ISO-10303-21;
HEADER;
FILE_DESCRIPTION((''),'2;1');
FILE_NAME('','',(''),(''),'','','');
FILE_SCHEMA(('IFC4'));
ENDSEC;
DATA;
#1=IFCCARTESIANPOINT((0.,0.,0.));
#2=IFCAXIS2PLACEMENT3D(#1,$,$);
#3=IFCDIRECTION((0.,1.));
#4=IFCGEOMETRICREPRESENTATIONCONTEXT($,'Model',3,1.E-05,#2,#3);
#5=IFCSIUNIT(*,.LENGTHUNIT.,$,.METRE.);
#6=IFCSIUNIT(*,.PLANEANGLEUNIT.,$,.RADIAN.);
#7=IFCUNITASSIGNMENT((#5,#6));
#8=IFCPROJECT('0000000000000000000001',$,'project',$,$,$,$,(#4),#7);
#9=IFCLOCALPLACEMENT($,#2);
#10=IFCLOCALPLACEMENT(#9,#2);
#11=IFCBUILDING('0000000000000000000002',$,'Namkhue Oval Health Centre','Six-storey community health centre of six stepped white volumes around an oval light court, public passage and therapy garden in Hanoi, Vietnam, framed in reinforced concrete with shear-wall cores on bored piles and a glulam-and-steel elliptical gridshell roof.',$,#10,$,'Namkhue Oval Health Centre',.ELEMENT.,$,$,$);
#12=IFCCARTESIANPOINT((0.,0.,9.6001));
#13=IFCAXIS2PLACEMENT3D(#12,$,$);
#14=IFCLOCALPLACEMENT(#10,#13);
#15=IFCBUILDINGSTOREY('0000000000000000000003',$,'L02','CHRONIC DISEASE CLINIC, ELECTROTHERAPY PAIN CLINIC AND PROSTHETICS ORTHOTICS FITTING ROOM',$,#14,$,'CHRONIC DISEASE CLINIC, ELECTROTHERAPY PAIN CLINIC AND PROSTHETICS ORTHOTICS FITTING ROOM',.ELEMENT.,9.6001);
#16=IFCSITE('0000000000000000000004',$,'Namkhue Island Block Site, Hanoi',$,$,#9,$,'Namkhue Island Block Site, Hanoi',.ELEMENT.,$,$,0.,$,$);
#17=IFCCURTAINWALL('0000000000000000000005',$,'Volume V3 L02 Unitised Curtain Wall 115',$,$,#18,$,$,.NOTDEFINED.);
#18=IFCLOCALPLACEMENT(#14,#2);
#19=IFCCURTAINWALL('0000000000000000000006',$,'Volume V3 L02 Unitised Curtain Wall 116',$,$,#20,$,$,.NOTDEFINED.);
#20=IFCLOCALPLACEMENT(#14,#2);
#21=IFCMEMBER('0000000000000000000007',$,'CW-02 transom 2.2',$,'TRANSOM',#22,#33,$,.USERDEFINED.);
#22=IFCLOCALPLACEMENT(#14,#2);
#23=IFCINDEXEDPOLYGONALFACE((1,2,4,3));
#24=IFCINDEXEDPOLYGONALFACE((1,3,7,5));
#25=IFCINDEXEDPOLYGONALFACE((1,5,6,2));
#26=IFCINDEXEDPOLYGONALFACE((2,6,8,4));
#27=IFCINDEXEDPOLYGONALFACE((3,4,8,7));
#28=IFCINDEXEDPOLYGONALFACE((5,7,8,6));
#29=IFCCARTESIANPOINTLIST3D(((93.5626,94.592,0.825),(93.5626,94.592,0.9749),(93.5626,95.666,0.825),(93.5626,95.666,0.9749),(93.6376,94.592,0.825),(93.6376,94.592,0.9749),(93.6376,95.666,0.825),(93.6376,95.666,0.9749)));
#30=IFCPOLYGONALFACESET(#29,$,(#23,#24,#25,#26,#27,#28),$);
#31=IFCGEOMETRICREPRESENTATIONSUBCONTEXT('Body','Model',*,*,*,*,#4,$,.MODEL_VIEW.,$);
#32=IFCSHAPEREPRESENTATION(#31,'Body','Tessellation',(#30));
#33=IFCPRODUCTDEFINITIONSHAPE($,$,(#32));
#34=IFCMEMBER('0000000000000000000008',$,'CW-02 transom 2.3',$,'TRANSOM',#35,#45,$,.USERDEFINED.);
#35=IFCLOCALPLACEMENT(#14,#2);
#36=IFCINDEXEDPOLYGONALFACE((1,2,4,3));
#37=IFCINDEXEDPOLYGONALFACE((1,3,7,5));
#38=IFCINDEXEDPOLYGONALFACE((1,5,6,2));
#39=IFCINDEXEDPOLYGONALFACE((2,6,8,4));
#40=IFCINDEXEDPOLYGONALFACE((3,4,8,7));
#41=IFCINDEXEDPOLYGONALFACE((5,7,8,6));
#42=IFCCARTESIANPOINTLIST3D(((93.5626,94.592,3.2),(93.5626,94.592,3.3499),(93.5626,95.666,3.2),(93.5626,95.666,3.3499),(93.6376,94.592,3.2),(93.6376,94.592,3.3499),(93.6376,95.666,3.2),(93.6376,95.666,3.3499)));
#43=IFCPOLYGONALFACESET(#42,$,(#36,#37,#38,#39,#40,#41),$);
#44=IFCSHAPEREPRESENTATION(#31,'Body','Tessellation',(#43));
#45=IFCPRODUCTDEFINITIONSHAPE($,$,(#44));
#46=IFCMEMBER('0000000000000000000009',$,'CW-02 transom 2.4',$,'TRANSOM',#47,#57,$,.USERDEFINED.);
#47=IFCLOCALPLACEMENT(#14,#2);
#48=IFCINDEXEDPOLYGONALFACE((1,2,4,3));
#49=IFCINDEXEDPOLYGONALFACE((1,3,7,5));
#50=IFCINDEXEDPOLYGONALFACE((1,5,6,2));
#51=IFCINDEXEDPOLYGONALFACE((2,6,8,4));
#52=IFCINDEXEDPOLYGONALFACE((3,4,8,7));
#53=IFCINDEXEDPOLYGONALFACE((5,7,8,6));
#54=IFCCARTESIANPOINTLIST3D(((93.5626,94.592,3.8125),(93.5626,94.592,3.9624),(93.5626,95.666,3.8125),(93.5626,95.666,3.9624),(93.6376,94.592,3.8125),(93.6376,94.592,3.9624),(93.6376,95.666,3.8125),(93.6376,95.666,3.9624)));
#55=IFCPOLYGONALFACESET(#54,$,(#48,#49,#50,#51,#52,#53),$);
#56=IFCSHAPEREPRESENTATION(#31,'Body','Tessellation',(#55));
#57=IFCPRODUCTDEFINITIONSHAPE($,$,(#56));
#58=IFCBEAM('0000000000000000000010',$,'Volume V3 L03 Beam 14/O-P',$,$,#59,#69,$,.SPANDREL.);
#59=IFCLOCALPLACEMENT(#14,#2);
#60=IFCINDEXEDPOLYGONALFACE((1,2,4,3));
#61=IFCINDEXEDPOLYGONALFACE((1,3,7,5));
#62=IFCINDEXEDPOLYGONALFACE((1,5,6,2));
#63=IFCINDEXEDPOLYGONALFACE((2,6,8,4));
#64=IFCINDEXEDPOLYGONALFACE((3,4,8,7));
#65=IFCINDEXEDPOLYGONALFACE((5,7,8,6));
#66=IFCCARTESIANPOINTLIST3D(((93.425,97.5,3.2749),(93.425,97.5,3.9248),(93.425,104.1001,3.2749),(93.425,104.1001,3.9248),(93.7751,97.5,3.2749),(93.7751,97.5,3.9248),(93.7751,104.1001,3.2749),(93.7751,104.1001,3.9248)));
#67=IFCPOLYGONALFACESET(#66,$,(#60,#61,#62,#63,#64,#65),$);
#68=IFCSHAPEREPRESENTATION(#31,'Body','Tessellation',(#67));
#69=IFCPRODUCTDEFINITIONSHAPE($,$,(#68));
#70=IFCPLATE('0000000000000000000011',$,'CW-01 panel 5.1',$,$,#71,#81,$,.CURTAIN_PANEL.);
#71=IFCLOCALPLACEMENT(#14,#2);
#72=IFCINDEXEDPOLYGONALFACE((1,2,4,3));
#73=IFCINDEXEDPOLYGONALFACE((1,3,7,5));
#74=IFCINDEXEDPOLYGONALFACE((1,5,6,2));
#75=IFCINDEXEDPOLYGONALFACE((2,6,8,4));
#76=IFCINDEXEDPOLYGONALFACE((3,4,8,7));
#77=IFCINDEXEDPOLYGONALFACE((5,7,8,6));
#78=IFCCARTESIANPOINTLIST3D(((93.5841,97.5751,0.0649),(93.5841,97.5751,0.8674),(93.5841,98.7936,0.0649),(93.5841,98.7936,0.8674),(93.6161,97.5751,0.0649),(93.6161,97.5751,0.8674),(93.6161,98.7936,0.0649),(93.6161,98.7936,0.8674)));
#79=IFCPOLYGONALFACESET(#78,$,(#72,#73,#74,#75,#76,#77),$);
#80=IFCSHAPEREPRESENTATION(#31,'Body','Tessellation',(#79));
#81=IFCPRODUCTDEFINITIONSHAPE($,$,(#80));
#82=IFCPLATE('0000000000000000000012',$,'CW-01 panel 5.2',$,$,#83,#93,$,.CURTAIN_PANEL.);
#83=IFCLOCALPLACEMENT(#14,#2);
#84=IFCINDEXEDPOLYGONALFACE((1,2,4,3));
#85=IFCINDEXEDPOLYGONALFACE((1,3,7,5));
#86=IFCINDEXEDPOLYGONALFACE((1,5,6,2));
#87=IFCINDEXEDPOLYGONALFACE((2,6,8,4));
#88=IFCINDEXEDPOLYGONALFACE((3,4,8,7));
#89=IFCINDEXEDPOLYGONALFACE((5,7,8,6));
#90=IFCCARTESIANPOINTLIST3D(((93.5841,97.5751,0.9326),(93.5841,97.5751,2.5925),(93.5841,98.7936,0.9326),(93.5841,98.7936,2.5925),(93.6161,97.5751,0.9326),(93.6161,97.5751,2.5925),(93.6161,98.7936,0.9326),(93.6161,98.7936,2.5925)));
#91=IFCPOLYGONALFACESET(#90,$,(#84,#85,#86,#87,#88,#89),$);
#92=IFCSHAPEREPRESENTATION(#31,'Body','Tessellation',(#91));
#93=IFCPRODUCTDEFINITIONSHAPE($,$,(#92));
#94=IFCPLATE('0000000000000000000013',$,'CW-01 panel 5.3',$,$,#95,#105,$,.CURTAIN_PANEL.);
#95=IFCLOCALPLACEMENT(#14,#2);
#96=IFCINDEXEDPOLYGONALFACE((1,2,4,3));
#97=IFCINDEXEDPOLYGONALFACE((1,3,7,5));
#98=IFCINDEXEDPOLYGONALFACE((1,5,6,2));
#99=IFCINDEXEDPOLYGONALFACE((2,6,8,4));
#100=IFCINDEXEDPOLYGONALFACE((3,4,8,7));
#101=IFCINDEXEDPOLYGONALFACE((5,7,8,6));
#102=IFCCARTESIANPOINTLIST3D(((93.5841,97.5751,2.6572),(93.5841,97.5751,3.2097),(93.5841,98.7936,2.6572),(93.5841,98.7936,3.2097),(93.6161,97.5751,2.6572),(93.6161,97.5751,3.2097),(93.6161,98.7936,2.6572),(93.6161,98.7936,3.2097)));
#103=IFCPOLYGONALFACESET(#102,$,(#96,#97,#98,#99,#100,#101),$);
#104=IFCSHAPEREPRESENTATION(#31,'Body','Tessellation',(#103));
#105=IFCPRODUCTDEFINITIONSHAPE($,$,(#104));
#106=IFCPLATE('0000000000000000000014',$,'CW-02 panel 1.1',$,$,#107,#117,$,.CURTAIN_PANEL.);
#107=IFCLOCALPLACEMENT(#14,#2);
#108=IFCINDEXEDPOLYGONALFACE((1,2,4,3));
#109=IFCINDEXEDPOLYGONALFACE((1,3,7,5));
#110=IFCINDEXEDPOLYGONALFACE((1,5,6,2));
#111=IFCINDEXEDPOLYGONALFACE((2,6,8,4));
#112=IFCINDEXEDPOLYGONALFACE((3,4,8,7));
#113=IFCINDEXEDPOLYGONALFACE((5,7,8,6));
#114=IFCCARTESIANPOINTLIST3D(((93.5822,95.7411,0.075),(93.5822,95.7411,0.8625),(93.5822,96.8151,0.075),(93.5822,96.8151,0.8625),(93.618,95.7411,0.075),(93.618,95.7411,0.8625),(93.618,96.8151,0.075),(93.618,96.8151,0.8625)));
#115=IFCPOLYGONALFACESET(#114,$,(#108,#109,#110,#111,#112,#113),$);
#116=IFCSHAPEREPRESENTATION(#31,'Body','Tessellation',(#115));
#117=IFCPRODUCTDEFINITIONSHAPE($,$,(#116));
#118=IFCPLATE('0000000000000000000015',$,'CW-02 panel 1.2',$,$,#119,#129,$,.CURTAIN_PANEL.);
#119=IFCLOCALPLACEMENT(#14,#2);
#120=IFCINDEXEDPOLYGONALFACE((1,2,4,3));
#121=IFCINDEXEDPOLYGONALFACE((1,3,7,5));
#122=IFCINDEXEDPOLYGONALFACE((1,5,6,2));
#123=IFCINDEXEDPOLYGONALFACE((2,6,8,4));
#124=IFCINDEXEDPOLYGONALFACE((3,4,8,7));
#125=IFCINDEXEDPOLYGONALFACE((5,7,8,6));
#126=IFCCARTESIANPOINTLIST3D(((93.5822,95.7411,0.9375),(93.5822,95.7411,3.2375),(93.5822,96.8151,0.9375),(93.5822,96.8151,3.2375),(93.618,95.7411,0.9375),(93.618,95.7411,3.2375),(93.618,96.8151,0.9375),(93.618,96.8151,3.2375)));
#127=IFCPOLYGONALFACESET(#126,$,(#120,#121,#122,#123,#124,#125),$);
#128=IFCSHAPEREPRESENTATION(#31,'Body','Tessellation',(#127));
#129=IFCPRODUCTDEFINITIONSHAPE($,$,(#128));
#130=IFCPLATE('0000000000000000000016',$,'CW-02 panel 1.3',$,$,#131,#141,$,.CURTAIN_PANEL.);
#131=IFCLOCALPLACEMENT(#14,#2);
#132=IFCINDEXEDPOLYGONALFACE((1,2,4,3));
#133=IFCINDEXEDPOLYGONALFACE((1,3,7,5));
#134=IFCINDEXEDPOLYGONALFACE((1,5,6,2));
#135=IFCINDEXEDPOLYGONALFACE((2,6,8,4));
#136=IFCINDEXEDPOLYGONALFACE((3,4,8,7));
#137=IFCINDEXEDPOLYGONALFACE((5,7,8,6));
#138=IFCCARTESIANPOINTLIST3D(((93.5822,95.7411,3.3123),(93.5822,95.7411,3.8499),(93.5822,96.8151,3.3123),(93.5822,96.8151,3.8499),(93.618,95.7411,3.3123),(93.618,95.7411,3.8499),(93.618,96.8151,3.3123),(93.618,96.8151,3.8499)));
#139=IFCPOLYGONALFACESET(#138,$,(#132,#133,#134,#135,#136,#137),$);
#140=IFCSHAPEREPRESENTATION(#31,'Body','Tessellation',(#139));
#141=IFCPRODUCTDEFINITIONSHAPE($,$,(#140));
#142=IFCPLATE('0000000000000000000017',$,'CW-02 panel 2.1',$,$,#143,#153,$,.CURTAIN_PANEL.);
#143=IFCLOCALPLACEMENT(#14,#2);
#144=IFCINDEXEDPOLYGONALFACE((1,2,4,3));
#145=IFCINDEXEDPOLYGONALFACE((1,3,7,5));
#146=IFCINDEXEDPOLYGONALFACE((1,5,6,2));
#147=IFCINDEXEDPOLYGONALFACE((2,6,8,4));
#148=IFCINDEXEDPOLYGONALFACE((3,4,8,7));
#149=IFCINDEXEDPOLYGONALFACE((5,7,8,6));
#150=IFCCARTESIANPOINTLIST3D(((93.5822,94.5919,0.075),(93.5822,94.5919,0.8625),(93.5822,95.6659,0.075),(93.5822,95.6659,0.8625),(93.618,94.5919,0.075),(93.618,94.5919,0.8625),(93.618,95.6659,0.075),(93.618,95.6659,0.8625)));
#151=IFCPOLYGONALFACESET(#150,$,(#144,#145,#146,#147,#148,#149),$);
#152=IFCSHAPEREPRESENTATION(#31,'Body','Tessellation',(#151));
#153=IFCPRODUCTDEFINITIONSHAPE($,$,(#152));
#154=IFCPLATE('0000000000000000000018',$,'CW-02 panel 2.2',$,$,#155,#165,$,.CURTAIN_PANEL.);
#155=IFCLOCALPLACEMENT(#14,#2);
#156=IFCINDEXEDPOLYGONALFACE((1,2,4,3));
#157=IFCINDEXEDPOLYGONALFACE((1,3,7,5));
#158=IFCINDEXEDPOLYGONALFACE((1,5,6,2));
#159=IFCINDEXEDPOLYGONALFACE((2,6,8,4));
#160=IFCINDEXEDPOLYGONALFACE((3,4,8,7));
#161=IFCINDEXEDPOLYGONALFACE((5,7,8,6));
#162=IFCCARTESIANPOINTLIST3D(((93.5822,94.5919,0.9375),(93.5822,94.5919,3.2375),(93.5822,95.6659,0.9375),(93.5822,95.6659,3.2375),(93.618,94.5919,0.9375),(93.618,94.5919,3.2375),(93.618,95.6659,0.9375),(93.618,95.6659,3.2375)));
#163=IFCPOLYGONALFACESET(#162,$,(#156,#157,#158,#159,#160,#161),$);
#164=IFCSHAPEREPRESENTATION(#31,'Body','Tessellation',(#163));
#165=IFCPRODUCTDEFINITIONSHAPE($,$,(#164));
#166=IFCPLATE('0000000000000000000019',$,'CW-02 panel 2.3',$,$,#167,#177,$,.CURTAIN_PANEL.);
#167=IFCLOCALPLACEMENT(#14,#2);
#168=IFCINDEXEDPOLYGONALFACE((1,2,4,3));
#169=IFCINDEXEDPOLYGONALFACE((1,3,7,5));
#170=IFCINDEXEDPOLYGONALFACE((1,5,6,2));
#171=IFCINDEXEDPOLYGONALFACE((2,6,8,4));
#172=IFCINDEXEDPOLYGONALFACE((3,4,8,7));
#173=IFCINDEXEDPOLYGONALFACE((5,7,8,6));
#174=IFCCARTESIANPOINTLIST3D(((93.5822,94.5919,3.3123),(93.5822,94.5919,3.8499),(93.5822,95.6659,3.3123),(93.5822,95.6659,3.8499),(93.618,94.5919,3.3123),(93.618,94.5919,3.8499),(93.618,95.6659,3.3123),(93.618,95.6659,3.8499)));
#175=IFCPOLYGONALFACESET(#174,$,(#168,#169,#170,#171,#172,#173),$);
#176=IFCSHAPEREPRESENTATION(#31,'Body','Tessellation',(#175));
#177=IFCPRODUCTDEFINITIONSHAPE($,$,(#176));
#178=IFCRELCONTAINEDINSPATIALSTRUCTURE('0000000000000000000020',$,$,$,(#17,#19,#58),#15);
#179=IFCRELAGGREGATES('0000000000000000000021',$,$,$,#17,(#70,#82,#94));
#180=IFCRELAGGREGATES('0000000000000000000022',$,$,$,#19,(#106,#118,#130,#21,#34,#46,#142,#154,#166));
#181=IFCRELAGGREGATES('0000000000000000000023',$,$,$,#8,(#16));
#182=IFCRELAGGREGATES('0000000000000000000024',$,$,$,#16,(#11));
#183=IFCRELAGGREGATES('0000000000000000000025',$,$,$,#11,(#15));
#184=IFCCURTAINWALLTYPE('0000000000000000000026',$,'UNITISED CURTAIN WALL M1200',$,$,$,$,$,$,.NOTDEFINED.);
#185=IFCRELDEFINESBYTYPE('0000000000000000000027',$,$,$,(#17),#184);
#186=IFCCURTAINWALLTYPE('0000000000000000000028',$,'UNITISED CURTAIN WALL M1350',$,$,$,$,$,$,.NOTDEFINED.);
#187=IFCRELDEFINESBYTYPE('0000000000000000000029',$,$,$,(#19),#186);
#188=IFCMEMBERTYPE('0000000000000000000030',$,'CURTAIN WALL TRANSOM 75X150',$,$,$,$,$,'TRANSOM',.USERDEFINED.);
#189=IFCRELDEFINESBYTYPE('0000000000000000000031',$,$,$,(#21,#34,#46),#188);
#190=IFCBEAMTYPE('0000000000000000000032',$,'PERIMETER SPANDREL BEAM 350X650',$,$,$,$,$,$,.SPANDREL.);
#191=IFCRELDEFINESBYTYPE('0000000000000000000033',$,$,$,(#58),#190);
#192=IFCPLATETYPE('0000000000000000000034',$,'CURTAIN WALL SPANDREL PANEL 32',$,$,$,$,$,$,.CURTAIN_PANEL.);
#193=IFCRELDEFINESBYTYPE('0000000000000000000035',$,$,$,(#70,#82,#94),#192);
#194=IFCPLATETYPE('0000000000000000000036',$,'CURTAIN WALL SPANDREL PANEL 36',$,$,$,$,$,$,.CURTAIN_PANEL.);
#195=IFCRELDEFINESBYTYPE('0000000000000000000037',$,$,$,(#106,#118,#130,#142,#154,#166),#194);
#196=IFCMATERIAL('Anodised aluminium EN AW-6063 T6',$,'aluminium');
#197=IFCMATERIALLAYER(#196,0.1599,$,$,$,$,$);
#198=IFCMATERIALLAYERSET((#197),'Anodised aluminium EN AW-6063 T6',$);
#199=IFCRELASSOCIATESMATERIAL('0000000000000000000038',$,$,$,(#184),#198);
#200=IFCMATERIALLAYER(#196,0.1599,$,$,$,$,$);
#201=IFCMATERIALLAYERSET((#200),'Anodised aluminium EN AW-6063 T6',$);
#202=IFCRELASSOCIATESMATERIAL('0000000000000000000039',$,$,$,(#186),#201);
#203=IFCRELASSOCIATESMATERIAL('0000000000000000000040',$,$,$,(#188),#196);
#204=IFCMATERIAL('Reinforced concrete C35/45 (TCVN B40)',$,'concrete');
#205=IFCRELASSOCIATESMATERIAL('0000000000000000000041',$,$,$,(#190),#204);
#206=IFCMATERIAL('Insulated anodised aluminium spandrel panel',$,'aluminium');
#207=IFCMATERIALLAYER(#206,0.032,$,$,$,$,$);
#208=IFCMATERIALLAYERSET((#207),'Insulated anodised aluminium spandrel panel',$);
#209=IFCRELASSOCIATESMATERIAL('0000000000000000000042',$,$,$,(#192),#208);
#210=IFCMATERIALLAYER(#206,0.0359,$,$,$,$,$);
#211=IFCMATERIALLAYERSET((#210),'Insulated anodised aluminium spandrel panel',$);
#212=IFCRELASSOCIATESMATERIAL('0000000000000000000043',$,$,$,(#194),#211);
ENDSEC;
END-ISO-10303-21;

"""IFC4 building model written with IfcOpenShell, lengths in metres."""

from ifc_helpers import new_model, si_unit, direction, frame, origin, origin_2d, place, context, subcontext, project, spatial, rectangle, extrude, material, layer, layer_set, material_profile, profile_set, type_object, element, aggregate, save


model = new_model("IFC4")

# Units and contexts
model_context = context("Model", 3, precision=1e-05, world=origin(), true_north=direction((0.0, 1.0)))
body_context = subcontext(model_context, "Body", "Model", "MODEL_VIEW")
ifc_project = project(units=[si_unit("LENGTHUNIT", "METRE"), si_unit("PLANEANGLEUNIT", "RADIAN")], contexts=[model_context])

# Site, building, storey
site_placement = place(None, origin())
site = spatial("IfcSite", under=ifc_project, at=site_placement, Name="Namkhue Island Block Site, Hanoi", LongName="Namkhue Island Block Site, Hanoi", CompositionType="ELEMENT", RefElevation=0.0)
building_placement = place(site_placement, origin())
building = spatial("IfcBuilding", under=site, at=building_placement, Name="Namkhue Oval Health Centre", Description="Six-storey community health centre of six stepped white volumes around an oval light court, public passage and therapy garden in Hanoi, Vietnam, framed in reinforced concrete with shear-wall cores on bored piles and a glulam-and-steel elliptical gridshell roof.", LongName="Namkhue Oval Health Centre", CompositionType="ELEMENT")
storey_placement = place(building_placement, frame((0.0, 0.0, 9.6001)))
storey = spatial("IfcBuildingStorey", under=building, at=storey_placement, Name="L02", Description="CHRONIC DISEASE CLINIC, ELECTROTHERAPY PAIN CLINIC AND PROSTHETICS ORTHOTICS FITTING ROOM", LongName="CHRONIC DISEASE CLINIC, ELECTROTHERAPY PAIN CLINIC AND PROSTHETICS ORTHOTICS FITTING ROOM", CompositionType="ELEMENT", Elevation=9.6001)

# Shared definitions
ifc_material_1 = material(Name="Reinforced concrete C35/45 (TCVN B40)", Category="concrete")

# Curtain wall
ifc_material_2 = material(Name="Anodised aluminium EN AW-6063 T6", Category="aluminium")
ifc_layer_1 = layer(ifc_material_2, 0.1599)
ifc_layer_set_1 = layer_set([ifc_layer_1], Name="Anodised aluminium EN AW-6063 T6")
curtain_wall_type_1 = type_object("IfcCurtainWallType", Name="UNITISED CURTAIN WALL M1200", PredefinedType="NOTDEFINED", material=ifc_layer_set_1)
curtain_wall_1_placement = place(storey_placement, origin())
curtain_wall_1 = element("IfcCurtainWall", 1, at=curtain_wall_1_placement, inside=storey, type_object=curtain_wall_type_1, Name="Volume V3 L02 Unitised Curtain Wall 115", PredefinedType="NOTDEFINED")

# Curtain wall
ifc_layer_2 = layer(ifc_material_2, 0.1599)
ifc_layer_set_2 = layer_set([ifc_layer_2], Name="Anodised aluminium EN AW-6063 T6")
curtain_wall_type_2 = type_object("IfcCurtainWallType", Name="UNITISED CURTAIN WALL M1350", PredefinedType="NOTDEFINED", material=ifc_layer_set_2)
curtain_wall_2_placement = place(storey_placement, origin())
curtain_wall_2 = element("IfcCurtainWall", 2, at=curtain_wall_2_placement, inside=storey, type_object=curtain_wall_type_2, Name="Volume V3 L02 Unitised Curtain Wall 116", PredefinedType="NOTDEFINED")

# Members
ifc_material_profile_1 = material_profile(ifc_material_2, rectangle(XDim=0.075, YDim=0.1499, at=origin_2d()), Name="ALU 75x150")
ifc_profile_set_1 = profile_set([ifc_material_profile_1], Name="Anodised aluminium EN AW-6063 T6")
member_type_1 = type_object("IfcMemberType", Name="CURTAIN WALL TRANSOM 75X150", ElementType="TRANSOM", PredefinedType="USERDEFINED", material=ifc_profile_set_1)
member_1_placement = place(storey_placement, frame((93.6001, 95.666, 0.8999), z_axis=(0.0, -1.0, 0.0), x_axis=(1.0, 0.0, 0.0)))
member_1 = element("IfcMember", 3, at=member_1_placement, type_object=member_type_1, Name="CW-02 transom 2.2", ObjectType="TRANSOM", PredefinedType="USERDEFINED", context=body_context, shape_type="SweptSolid", body=[
    extrude(rectangle(XDim=0.075, YDim=0.1499, at=origin_2d()), origin(), (0.0, 0.0, 1.0), 1.074),
])
member_2_placement = place(storey_placement, frame((93.6001, 95.666, 3.2749), z_axis=(0.0, -1.0, 0.0), x_axis=(1.0, 0.0, 0.0)))
member_2 = element("IfcMember", 4, at=member_2_placement, type_object=member_type_1, Name="CW-02 transom 2.3", ObjectType="TRANSOM", PredefinedType="USERDEFINED", context=body_context, shape_type="SweptSolid", body=[
    extrude(rectangle(XDim=0.075, YDim=0.1499, at=origin_2d()), origin(), (0.0, 0.0, 1.0), 1.074),
])
member_3_placement = place(storey_placement, frame((93.6001, 95.666, 3.8875), z_axis=(0.0, -1.0, 0.0), x_axis=(1.0, 0.0, 0.0)))
member_3 = element("IfcMember", 5, at=member_3_placement, type_object=member_type_1, Name="CW-02 transom 2.4", ObjectType="TRANSOM", PredefinedType="USERDEFINED", context=body_context, shape_type="SweptSolid", body=[
    extrude(rectangle(XDim=0.075, YDim=0.1499, at=origin_2d()), origin(), (0.0, 0.0, 1.0), 1.074),
])

# Beam
ifc_material_profile_2 = material_profile(ifc_material_1, rectangle(XDim=0.3501, YDim=0.6499, at=origin_2d()), Name="RC 350x650")
ifc_profile_set_2 = profile_set([ifc_material_profile_2], Name="Reinforced concrete C35/45 (TCVN B40)")
beam_type = type_object("IfcBeamType", Name="PERIMETER SPANDREL BEAM 350X650", PredefinedType="SPANDREL", material=ifc_profile_set_2)
beam_placement = place(storey_placement, frame((93.6001, 97.5, 3.5999), z_axis=(0.0, 1.0, 0.0), x_axis=(-1.0, 0.0, 0.0)))
element("IfcBeam", 6, at=beam_placement, inside=storey, type_object=beam_type, Name="Volume V3 L03 Beam 14/O-P", PredefinedType="SPANDREL", context=body_context, shape_type="SweptSolid", body=[
    extrude(rectangle(XDim=0.3501, YDim=0.6499, at=origin_2d()), origin(), (0.0, 0.0, 1.0), 6.6001),
])

# Plates
ifc_material_3 = material(Name="Insulated anodised aluminium spandrel panel", Category="aluminium")
ifc_layer_3 = layer(ifc_material_3, 0.032)
ifc_layer_set_3 = layer_set([ifc_layer_3], Name="Insulated anodised aluminium spandrel panel")
plate_type_1 = type_object("IfcPlateType", Name="CURTAIN WALL SPANDREL PANEL 32", PredefinedType="CURTAIN_PANEL", material=ifc_layer_set_3)
plate_1_placement = place(storey_placement, frame((93.6001, 98.1843, 0.0649), z_axis=(0.0, 0.0, 1.0), x_axis=(0.0, -1.0, 0.0)))
plate_1 = element("IfcPlate", 7, at=plate_1_placement, type_object=plate_type_1, Name="CW-01 panel 5.1", PredefinedType="CURTAIN_PANEL", context=body_context, shape_type="SweptSolid", body=[
    extrude(rectangle(XDim=1.2185, YDim=0.032, at=origin_2d()), origin(), (0.0, 0.0, 1.0), 0.8025),
])
plate_2_placement = place(storey_placement, frame((93.6001, 98.1843, 0.9326), z_axis=(0.0, 0.0, 1.0), x_axis=(0.0, -1.0, 0.0)))
plate_2 = element("IfcPlate", 8, at=plate_2_placement, type_object=plate_type_1, Name="CW-01 panel 5.2", PredefinedType="CURTAIN_PANEL", context=body_context, shape_type="SweptSolid", body=[
    extrude(rectangle(XDim=1.2185, YDim=0.032, at=origin_2d()), origin(), (0.0, 0.0, 1.0), 1.6599),
])
plate_3_placement = place(storey_placement, frame((93.6001, 98.1843, 2.6572), z_axis=(0.0, 0.0, 1.0), x_axis=(0.0, -1.0, 0.0)))
plate_3 = element("IfcPlate", 9, at=plate_3_placement, type_object=plate_type_1, Name="CW-01 panel 5.3", PredefinedType="CURTAIN_PANEL", context=body_context, shape_type="SweptSolid", body=[
    extrude(rectangle(XDim=1.2185, YDim=0.032, at=origin_2d()), origin(), (0.0, 0.0, 1.0), 0.5525),
])
aggregate(curtain_wall_1, [plate_1, plate_2, plate_3])
ifc_layer_4 = layer(ifc_material_3, 0.0359)
ifc_layer_set_4 = layer_set([ifc_layer_4], Name="Insulated anodised aluminium spandrel panel")
plate_type_2 = type_object("IfcPlateType", Name="CURTAIN WALL SPANDREL PANEL 36", PredefinedType="CURTAIN_PANEL", material=ifc_layer_set_4)
plate_4_placement = place(storey_placement, frame((93.6001, 96.2781, 0.075), z_axis=(0.0, 0.0, 1.0), x_axis=(0.0, -1.0, 0.0)))
plate_4 = element("IfcPlate", 10, at=plate_4_placement, type_object=plate_type_2, Name="CW-02 panel 1.1", PredefinedType="CURTAIN_PANEL", context=body_context, shape_type="SweptSolid", body=[
    extrude(rectangle(XDim=1.074, YDim=0.0359, at=origin_2d()), origin(), (0.0, 0.0, 1.0), 0.7876),
])
plate_5_placement = place(storey_placement, frame((93.6001, 96.2781, 0.9375), z_axis=(0.0, 0.0, 1.0), x_axis=(0.0, -1.0, 0.0)))
plate_5 = element("IfcPlate", 11, at=plate_5_placement, type_object=plate_type_2, Name="CW-02 panel 1.2", PredefinedType="CURTAIN_PANEL", context=body_context, shape_type="SweptSolid", body=[
    extrude(rectangle(XDim=1.074, YDim=0.0359, at=origin_2d()), origin(), (0.0, 0.0, 1.0), 2.3),
])
plate_6_placement = place(storey_placement, frame((93.6001, 96.2781, 3.3123), z_axis=(0.0, 0.0, 1.0), x_axis=(0.0, -1.0, 0.0)))
plate_6 = element("IfcPlate", 12, at=plate_6_placement, type_object=plate_type_2, Name="CW-02 panel 1.3", PredefinedType="CURTAIN_PANEL", context=body_context, shape_type="SweptSolid", body=[
    extrude(rectangle(XDim=1.074, YDim=0.0359, at=origin_2d()), origin(), (0.0, 0.0, 1.0), 0.5376),
])
plate_7_placement = place(storey_placement, frame((93.6001, 95.1289, 0.075), z_axis=(0.0, 0.0, 1.0), x_axis=(0.0, -1.0, 0.0)))
plate_7 = element("IfcPlate", 13, at=plate_7_placement, type_object=plate_type_2, Name="CW-02 panel 2.1", PredefinedType="CURTAIN_PANEL", context=body_context, shape_type="SweptSolid", body=[
    extrude(rectangle(XDim=1.074, YDim=0.0359, at=origin_2d()), origin(), (0.0, 0.0, 1.0), 0.7876),
])
plate_8_placement = place(storey_placement, frame((93.6001, 95.1289, 0.9375), z_axis=(0.0, 0.0, 1.0), x_axis=(0.0, -1.0, 0.0)))
plate_8 = element("IfcPlate", 14, at=plate_8_placement, type_object=plate_type_2, Name="CW-02 panel 2.2", PredefinedType="CURTAIN_PANEL", context=body_context, shape_type="SweptSolid", body=[
    extrude(rectangle(XDim=1.074, YDim=0.0359, at=origin_2d()), origin(), (0.0, 0.0, 1.0), 2.3),
])
plate_9_placement = place(storey_placement, frame((93.6001, 95.1289, 3.3123), z_axis=(0.0, 0.0, 1.0), x_axis=(0.0, -1.0, 0.0)))
plate_9 = element("IfcPlate", 15, at=plate_9_placement, type_object=plate_type_2, Name="CW-02 panel 2.3", PredefinedType="CURTAIN_PANEL", context=body_context, shape_type="SweptSolid", body=[
    extrude(rectangle(XDim=1.074, YDim=0.0359, at=origin_2d()), origin(), (0.0, 0.0, 1.0), 0.5376),
])
aggregate(curtain_wall_2, [plate_4, plate_5, plate_6, member_1, member_2, member_3, plate_7, plate_8, plate_9])

save(model, "model.ifc")
